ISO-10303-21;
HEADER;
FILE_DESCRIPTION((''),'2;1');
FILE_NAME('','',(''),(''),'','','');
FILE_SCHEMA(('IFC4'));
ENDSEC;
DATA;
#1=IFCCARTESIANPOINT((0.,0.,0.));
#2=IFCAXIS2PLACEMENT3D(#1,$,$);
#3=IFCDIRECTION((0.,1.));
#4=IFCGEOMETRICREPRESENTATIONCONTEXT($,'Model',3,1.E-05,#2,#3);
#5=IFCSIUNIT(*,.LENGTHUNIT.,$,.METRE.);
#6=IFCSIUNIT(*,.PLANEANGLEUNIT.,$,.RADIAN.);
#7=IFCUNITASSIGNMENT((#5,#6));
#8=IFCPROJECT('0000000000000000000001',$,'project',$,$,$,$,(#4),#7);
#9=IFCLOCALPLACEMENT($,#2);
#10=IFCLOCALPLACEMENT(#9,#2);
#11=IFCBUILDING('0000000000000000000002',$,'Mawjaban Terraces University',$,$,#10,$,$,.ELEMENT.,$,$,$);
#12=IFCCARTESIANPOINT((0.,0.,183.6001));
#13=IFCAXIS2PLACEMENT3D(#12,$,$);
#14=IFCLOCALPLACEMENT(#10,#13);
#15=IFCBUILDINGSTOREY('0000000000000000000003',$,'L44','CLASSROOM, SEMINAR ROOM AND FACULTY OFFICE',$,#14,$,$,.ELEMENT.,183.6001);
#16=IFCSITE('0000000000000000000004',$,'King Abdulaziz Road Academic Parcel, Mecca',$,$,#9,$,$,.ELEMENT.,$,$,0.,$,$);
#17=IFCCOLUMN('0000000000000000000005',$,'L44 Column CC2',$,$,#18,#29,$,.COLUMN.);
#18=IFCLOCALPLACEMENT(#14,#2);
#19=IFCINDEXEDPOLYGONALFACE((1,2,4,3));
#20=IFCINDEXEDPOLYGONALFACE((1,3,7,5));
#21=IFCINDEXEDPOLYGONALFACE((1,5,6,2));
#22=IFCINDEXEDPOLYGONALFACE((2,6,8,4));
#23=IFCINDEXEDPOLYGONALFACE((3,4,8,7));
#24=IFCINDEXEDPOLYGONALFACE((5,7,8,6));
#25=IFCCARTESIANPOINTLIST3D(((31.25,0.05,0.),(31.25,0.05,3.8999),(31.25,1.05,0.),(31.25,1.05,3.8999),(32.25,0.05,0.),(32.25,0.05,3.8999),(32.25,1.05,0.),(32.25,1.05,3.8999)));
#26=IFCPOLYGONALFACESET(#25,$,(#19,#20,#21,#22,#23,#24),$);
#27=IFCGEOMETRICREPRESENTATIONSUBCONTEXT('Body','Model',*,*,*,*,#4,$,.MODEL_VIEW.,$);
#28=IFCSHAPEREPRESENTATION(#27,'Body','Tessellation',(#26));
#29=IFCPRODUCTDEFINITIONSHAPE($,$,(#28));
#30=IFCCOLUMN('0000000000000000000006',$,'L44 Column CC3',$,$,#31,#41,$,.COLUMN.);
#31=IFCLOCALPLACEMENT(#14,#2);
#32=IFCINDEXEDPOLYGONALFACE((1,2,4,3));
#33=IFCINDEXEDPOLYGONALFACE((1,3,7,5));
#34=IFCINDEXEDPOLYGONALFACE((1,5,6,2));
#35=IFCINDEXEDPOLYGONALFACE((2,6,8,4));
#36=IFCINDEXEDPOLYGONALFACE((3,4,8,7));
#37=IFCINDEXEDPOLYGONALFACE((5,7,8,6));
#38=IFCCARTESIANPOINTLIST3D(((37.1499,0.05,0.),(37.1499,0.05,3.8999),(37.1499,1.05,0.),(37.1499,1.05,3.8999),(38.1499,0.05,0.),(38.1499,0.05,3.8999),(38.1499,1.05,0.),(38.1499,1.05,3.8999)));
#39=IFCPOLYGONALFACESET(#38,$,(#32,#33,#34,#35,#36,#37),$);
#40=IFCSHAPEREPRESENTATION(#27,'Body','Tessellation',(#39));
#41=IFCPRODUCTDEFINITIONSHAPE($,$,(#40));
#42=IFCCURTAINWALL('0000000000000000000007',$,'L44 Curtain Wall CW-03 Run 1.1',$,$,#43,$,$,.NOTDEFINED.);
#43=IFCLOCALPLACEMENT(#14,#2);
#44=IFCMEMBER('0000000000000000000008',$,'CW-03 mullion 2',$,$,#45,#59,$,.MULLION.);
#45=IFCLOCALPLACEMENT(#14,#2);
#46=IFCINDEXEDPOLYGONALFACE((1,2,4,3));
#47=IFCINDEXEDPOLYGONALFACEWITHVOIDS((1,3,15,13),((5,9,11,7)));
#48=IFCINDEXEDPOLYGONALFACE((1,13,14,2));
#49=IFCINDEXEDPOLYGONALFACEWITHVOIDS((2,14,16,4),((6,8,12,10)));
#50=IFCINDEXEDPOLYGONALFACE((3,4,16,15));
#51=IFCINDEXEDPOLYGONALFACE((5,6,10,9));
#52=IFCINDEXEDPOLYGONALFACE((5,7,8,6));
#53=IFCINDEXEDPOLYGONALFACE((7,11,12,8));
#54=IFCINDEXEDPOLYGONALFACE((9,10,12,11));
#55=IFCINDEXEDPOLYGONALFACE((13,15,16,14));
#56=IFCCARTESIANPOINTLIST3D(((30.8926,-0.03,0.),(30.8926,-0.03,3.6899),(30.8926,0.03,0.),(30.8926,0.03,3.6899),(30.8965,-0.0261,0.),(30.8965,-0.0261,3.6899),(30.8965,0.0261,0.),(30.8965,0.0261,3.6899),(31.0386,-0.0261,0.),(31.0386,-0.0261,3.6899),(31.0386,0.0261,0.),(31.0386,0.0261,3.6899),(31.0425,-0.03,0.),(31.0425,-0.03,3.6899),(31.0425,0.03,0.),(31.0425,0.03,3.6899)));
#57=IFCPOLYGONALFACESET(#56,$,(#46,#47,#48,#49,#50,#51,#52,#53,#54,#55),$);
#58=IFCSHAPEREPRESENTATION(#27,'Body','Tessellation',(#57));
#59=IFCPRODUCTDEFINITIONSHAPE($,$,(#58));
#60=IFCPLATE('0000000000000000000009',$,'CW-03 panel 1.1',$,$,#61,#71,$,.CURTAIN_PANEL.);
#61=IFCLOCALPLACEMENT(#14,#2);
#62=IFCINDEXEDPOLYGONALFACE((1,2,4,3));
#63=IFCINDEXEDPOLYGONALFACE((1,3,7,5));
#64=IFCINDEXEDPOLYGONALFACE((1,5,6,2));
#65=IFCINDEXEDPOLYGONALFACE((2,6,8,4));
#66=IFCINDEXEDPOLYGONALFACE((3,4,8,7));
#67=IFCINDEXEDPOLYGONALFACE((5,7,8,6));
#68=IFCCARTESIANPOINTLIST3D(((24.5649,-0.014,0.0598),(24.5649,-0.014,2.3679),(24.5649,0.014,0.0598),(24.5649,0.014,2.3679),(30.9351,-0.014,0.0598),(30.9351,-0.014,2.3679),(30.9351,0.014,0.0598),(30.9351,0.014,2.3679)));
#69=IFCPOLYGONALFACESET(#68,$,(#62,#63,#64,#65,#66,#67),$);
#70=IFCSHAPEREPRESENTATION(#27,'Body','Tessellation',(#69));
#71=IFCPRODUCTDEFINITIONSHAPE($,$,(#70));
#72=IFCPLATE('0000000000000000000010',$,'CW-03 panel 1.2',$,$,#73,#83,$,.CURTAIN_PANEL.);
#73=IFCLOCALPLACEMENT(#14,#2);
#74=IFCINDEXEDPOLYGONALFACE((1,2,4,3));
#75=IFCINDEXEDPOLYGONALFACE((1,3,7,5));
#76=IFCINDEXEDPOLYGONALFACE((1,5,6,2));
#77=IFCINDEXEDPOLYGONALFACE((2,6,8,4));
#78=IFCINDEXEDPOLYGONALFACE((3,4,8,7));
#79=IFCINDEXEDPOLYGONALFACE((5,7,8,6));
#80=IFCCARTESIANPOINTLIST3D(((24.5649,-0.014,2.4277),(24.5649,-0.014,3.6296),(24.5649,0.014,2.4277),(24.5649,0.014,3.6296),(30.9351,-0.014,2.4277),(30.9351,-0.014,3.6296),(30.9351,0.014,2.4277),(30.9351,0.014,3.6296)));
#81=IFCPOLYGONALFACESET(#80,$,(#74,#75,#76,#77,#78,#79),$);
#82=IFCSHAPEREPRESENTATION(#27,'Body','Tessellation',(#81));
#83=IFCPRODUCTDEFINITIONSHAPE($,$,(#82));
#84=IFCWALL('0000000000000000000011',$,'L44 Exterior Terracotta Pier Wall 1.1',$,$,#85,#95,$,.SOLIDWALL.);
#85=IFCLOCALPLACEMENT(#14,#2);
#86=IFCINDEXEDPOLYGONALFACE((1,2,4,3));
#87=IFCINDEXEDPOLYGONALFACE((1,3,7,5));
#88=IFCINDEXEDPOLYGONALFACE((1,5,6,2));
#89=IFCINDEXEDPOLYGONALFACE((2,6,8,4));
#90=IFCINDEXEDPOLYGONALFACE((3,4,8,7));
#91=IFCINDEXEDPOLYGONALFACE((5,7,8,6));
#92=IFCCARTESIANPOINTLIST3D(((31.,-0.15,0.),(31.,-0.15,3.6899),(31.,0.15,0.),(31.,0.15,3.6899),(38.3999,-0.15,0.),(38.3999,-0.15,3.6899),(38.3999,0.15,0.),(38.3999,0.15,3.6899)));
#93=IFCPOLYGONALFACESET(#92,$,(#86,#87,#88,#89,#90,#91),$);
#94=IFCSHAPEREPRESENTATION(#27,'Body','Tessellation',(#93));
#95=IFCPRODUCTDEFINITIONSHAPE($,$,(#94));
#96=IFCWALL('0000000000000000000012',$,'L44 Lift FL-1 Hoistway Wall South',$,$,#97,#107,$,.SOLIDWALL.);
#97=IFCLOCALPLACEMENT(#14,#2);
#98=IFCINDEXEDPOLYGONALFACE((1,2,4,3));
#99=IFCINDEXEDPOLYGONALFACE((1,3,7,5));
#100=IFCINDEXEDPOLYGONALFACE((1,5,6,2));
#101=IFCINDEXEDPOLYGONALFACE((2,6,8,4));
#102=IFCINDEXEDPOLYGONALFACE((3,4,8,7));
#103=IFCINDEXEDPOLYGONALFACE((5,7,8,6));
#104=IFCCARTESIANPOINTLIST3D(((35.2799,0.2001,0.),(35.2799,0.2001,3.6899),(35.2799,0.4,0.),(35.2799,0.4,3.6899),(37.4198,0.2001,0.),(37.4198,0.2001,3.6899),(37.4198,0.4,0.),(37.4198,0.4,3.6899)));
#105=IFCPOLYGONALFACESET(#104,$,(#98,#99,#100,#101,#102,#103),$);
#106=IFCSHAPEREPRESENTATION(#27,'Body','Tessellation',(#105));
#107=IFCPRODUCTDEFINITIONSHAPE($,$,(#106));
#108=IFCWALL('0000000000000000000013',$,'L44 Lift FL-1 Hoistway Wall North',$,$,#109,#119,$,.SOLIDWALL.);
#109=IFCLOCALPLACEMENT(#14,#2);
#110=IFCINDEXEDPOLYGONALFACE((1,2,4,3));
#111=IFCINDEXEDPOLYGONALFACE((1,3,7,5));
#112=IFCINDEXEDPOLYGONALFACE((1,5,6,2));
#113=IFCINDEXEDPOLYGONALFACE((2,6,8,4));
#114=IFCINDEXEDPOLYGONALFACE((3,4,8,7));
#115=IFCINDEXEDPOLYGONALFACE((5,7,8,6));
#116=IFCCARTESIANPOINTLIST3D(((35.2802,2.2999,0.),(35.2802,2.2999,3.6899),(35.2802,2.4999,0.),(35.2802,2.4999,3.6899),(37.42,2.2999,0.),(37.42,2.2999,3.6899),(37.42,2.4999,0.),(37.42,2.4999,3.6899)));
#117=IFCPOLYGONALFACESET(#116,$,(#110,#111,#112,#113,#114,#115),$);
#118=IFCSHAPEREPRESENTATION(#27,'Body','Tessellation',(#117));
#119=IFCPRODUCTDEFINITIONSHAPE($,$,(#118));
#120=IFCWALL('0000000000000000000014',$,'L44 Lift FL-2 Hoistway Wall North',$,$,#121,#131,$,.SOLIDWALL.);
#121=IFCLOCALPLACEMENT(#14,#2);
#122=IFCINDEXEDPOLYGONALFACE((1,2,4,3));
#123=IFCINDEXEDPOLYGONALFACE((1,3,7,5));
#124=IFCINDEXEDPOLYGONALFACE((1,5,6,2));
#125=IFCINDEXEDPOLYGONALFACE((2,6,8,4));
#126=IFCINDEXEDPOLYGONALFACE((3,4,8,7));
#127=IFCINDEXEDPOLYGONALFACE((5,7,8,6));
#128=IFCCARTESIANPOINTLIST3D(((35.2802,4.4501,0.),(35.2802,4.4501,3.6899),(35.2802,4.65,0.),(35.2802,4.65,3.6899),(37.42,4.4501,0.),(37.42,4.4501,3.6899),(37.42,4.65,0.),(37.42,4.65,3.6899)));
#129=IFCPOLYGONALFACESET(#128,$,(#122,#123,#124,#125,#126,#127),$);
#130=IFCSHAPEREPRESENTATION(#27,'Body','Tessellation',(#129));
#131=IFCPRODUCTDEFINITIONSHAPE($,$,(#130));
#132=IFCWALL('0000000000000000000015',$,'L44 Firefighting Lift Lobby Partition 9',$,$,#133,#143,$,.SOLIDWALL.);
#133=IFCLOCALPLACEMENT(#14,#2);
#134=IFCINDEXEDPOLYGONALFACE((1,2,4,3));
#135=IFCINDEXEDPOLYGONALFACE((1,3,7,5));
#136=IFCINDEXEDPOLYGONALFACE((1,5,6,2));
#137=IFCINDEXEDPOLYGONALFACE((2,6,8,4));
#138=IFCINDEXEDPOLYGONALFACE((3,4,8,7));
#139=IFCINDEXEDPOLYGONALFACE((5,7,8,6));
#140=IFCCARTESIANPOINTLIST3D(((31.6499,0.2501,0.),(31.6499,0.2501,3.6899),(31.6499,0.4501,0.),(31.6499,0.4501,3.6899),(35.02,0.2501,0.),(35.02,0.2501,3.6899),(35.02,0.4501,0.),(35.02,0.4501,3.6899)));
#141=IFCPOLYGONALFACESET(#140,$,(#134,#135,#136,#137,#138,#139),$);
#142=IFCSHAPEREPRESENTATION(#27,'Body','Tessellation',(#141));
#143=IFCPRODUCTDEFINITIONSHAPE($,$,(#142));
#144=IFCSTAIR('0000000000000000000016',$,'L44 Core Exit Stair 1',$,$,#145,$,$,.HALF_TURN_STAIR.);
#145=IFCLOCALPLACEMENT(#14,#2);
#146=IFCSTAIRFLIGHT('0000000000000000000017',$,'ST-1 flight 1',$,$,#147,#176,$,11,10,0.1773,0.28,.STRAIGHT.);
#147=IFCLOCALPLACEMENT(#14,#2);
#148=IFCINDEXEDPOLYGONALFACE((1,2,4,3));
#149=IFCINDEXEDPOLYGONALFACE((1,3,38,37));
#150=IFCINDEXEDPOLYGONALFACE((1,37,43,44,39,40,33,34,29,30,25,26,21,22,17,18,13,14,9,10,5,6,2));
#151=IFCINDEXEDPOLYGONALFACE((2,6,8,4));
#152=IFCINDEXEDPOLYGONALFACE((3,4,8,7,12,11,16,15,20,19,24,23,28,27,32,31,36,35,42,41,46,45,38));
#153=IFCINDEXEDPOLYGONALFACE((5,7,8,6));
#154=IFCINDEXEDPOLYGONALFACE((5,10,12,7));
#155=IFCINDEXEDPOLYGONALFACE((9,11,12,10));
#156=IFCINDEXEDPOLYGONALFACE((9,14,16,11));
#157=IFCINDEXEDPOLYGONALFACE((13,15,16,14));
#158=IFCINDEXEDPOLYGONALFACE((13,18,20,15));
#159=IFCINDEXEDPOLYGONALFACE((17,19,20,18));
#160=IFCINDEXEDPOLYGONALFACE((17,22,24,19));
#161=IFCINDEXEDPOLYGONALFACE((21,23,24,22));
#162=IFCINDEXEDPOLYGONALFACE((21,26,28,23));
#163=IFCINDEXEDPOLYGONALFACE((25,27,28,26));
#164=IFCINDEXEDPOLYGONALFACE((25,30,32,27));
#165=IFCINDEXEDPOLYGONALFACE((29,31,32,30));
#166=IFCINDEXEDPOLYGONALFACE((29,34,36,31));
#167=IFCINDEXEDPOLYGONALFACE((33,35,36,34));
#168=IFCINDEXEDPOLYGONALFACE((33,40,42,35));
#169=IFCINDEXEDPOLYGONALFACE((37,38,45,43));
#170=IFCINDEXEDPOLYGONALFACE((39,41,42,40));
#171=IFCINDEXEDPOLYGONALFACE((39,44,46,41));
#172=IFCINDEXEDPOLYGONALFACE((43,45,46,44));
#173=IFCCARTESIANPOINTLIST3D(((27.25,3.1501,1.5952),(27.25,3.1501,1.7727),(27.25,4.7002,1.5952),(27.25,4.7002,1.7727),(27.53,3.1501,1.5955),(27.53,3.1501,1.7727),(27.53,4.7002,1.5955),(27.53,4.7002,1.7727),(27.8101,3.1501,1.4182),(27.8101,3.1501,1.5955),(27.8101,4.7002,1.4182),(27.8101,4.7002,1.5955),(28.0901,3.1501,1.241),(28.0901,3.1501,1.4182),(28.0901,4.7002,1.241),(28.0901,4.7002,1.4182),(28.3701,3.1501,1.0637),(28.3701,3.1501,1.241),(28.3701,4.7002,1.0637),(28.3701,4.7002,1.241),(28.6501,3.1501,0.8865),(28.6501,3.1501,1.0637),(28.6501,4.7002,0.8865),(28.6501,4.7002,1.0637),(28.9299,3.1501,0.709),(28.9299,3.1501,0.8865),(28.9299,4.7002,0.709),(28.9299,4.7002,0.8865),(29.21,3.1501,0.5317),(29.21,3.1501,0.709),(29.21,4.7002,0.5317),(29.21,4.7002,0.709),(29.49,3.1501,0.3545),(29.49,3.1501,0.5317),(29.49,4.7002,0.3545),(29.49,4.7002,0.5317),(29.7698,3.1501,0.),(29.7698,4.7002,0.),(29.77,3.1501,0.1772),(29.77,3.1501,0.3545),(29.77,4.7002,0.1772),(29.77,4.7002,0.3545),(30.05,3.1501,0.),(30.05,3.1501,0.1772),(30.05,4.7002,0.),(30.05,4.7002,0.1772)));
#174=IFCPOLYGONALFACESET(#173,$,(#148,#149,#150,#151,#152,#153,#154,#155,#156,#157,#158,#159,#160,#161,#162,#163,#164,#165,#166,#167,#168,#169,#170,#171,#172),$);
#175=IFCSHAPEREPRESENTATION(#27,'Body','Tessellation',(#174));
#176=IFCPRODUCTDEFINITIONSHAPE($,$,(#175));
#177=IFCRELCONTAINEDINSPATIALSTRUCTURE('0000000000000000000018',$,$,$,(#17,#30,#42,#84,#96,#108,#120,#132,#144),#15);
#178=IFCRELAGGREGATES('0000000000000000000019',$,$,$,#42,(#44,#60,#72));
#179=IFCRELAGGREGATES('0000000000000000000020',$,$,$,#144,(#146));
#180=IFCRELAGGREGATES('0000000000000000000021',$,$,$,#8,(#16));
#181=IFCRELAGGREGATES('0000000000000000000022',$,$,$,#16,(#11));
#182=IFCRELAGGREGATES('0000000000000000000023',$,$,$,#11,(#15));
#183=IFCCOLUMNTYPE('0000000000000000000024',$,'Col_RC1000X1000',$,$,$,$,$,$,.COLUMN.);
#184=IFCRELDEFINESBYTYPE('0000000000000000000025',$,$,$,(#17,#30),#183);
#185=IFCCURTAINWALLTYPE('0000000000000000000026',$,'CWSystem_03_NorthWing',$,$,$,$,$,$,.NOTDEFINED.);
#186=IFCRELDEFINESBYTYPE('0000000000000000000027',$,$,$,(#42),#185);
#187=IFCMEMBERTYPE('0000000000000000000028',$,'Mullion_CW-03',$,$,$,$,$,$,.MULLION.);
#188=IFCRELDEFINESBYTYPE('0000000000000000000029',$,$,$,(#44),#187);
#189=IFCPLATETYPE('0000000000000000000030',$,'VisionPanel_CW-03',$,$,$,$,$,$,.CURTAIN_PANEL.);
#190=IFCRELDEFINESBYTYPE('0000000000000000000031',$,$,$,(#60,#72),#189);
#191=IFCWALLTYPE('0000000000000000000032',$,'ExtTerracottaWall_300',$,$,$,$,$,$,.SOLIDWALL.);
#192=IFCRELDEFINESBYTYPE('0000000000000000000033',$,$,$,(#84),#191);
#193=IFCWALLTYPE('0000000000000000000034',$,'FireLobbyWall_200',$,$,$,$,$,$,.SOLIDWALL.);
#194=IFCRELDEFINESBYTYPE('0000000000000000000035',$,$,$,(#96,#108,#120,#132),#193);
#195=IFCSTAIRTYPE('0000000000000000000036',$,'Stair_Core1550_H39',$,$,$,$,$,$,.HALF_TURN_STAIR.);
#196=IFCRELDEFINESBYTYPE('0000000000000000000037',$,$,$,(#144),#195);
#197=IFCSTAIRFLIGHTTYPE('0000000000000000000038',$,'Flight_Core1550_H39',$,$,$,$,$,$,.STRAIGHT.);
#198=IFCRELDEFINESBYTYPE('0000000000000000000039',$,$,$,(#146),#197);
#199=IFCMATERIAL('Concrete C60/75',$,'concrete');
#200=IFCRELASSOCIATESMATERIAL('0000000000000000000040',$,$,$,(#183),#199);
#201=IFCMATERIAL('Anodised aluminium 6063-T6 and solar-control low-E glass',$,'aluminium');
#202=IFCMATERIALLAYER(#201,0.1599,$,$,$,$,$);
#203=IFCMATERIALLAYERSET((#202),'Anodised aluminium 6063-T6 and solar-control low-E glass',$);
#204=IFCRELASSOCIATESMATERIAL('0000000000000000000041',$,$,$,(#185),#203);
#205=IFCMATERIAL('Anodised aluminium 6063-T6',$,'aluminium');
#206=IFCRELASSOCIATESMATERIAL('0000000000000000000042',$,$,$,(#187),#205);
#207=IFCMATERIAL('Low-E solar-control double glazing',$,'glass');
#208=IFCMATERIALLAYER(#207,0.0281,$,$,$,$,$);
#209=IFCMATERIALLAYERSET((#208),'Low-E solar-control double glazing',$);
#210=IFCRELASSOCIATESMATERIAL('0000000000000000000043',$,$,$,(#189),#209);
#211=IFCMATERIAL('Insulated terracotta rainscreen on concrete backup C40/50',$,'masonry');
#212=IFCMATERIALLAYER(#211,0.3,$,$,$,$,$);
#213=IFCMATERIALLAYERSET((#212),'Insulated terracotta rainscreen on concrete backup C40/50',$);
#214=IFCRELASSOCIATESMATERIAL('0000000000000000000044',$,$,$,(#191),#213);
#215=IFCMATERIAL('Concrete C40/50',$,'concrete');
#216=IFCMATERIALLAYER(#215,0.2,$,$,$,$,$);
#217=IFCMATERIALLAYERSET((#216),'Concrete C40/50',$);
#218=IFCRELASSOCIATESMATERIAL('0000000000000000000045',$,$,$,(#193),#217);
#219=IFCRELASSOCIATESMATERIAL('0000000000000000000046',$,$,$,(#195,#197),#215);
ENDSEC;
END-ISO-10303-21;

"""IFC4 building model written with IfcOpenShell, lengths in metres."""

from ifc_helpers import new_model, si_unit, direction, frame, frame_2d, origin, origin_2d, place, context, subcontext, project, spatial, polyline, rectangle, hollow_rectangle, outline, extrude, material, layer, layer_set, material_profile, profile_set, type_object, element, aggregate, save


model = new_model("IFC4")

# Units and contexts
model_context = context("Model", 3, precision=1e-05, world=origin(), true_north=direction((0.0, 1.0)))
body_context = subcontext(model_context, "Body", "Model", "MODEL_VIEW")
ifc_project = project(units=[si_unit("LENGTHUNIT", "METRE"), si_unit("PLANEANGLEUNIT", "RADIAN")], contexts=[model_context])

# Site, building, storey
site_placement = place(None, origin())
site = spatial("IfcSite", under=ifc_project, at=site_placement, Name="King Abdulaziz Road Academic Parcel, Mecca", CompositionType="ELEMENT", RefElevation=0.0)
building_placement = place(site_placement, origin())
building = spatial("IfcBuilding", under=site, at=building_placement, Name="Mawjaban Terraces University", CompositionType="ELEMENT")
storey_placement = place(building_placement, frame((0.0, 0.0, 183.6001)))
storey = spatial("IfcBuildingStorey", under=building, at=storey_placement, Name="L44", Description="CLASSROOM, SEMINAR ROOM AND FACULTY OFFICE", CompositionType="ELEMENT", Elevation=183.6001)

# Columns
ifc_material_1 = material(Name="Concrete C60/75", Category="concrete")
ifc_material_profile_1 = material_profile(ifc_material_1, rectangle(XDim=1.0, YDim=1.0, at=origin_2d()), Name="RC1000X1000")
ifc_profile_set_1 = profile_set([ifc_material_profile_1], Name="Concrete C60/75")
column_type = type_object("IfcColumnType", Name="Col_RC1000X1000", PredefinedType="COLUMN", material=ifc_profile_set_1)
for number, where, z_axis, x_axis, name in (
    (1, (31.75, 0.55, 0.0), (0.0, 0.0, 1.0), (1.0, 0.0, 0.0), "L44 Column CC2"),
    (2, (37.6499, 0.55, 0.0), (0.0, 0.0, 1.0), (1.0, 0.0, 0.0), "L44 Column CC3"),
):
    element("IfcColumn", number, at=place(storey_placement, frame(where, z_axis=z_axis, x_axis=x_axis)), inside=storey, type_object=column_type, Name=name, PredefinedType="COLUMN", context=body_context, shape_type="SweptSolid", body=[
        extrude(rectangle(XDim=1.0, YDim=1.0, at=origin_2d()), origin(), (0.0, 0.0, 1.0), 3.8999),
    ])

# Curtain wall, member, plates
ifc_material_2 = material(Name="Anodised aluminium 6063-T6 and solar-control low-E glass", Category="aluminium")
ifc_layer_1 = layer(ifc_material_2, 0.1599)
ifc_layer_set_1 = layer_set([ifc_layer_1], Name="Anodised aluminium 6063-T6 and solar-control low-E glass")
curtain_wall_type = type_object("IfcCurtainWallType", Name="CWSystem_03_NorthWing", PredefinedType="NOTDEFINED", material=ifc_layer_set_1)
curtain_wall_placement = place(storey_placement, origin())
curtain_wall = element("IfcCurtainWall", 3, at=curtain_wall_placement, inside=storey, type_object=curtain_wall_type, Name="L44 Curtain Wall CW-03 Run 1.1", PredefinedType="NOTDEFINED")
ifc_material_3 = material(Name="Anodised aluminium 6063-T6", Category="aluminium")
ifc_material_profile_2 = material_profile(ifc_material_3, hollow_rectangle(XDim=0.0601, YDim=0.1499, WallThickness=0.0039, at=origin_2d()), Name="ALU150X60X4")
ifc_profile_set_2 = profile_set([ifc_material_profile_2], Name="Anodised aluminium 6063-T6")
member_type = type_object("IfcMemberType", Name="Mullion_CW-03", PredefinedType="MULLION", material=ifc_profile_set_2)
member_placement = place(storey_placement, frame((30.9675, 0.0, 0.0), z_axis=(0.0, 0.0, 1.0), x_axis=(0.0, 1.0, 0.0)))
member = element("IfcMember", 4, at=member_placement, type_object=member_type, Name="CW-03 mullion 2", PredefinedType="MULLION", context=body_context, shape_type="SweptSolid", body=[
    extrude(hollow_rectangle(XDim=0.0601, YDim=0.1499, WallThickness=0.0039, at=origin_2d()), origin(), (0.0, 0.0, 1.0), 3.6899),
])
ifc_material_4 = material(Name="Low-E solar-control double glazing", Category="glass")
ifc_layer_2 = layer(ifc_material_4, 0.0281)
ifc_layer_set_2 = layer_set([ifc_layer_2], Name="Low-E solar-control double glazing")
plate_type = type_object("IfcPlateType", Name="VisionPanel_CW-03", PredefinedType="CURTAIN_PANEL", material=ifc_layer_set_2)
plate_1_placement = place(storey_placement, frame((27.75, 0.0, 0.0598), z_axis=(0.0, 0.0, 1.0), x_axis=(1.0, 0.0, 0.0)))
plate_1 = element("IfcPlate", 5, at=plate_1_placement, type_object=plate_type, Name="CW-03 panel 1.1", PredefinedType="CURTAIN_PANEL", context=body_context, shape_type="SweptSolid", body=[
    extrude(rectangle(XDim=6.3701, YDim=0.0281, at=origin_2d()), origin(), (0.0, 0.0, 1.0), 2.3081),
])
plate_2_placement = place(storey_placement, frame((27.75, 0.0, 2.4277), z_axis=(0.0, 0.0, 1.0), x_axis=(1.0, 0.0, 0.0)))
plate_2 = element("IfcPlate", 6, at=plate_2_placement, type_object=plate_type, Name="CW-03 panel 1.2", PredefinedType="CURTAIN_PANEL", context=body_context, shape_type="SweptSolid", body=[
    extrude(rectangle(XDim=6.3701, YDim=0.0281, at=origin_2d()), origin(), (0.0, 0.0, 1.0), 1.2019),
])
aggregate(curtain_wall, [member, plate_1, plate_2])

# Wall
ifc_material_5 = material(Name="Insulated terracotta rainscreen on concrete backup C40/50", Category="masonry")
ifc_layer_3 = layer(ifc_material_5, 0.3)
ifc_layer_set_3 = layer_set([ifc_layer_3], Name="Insulated terracotta rainscreen on concrete backup C40/50")
wall_type_1 = type_object("IfcWallType", Name="ExtTerracottaWall_300", PredefinedType="SOLIDWALL", material=ifc_layer_set_3)
wall_1_placement = place(storey_placement, frame((31.0, 0.0, 0.0), z_axis=(0.0, 0.0, 1.0), x_axis=(1.0, 0.0, 0.0)))
element("IfcWall", 7, at=wall_1_placement, inside=storey, type_object=wall_type_1, Name="L44 Exterior Terracotta Pier Wall 1.1", PredefinedType="SOLIDWALL", context=body_context, shape_type="SweptSolid", body=[
    extrude(rectangle(XDim=7.3999, YDim=0.3, at=frame_2d((3.7, 0.0))), origin(), (0.0, 0.0, 1.0), 3.6899),
])

# Shared definitions
ifc_material_6 = material(Name="Concrete C40/50", Category="concrete")
ifc_layer_4 = layer(ifc_material_6, 0.2)
ifc_layer_set_4 = layer_set([ifc_layer_4], Name="Concrete C40/50")
wall_type_2 = type_object("IfcWallType", Name="FireLobbyWall_200", PredefinedType="SOLIDWALL", material=ifc_layer_set_4)

# Walls
for number, where, z_axis, x_axis, name in (
    (8, (35.28, 0.3, 0.0), (0.0, 0.0, 1.0), (1.0, 0.0, 0.0), "L44 Lift FL-1 Hoistway Wall South"),
    (9, (37.4199, 2.3999, 0.0), (0.0, 0.0, 1.0), (-1.0, 0.0, 0.0), "L44 Lift FL-1 Hoistway Wall North"),
):
    element("IfcWall", number, at=place(storey_placement, frame(where, z_axis=z_axis, x_axis=x_axis)), inside=storey, type_object=wall_type_2, Name=name, PredefinedType="SOLIDWALL", context=body_context, shape_type="SweptSolid", body=[
        extrude(rectangle(XDim=2.1399, YDim=0.2, at=frame_2d((1.0698, 0.0))), origin(), (0.0, 0.0, 1.0), 3.6899),
    ])

# Walls
wall_2_placement = place(storey_placement, frame((37.4199, 4.55, 0.0), z_axis=(0.0, 0.0, 1.0), x_axis=(-1.0, 0.0, 0.0)))
element("IfcWall", 10, at=wall_2_placement, inside=storey, type_object=wall_type_2, Name="L44 Lift FL-2 Hoistway Wall North", PredefinedType="SOLIDWALL", context=body_context, shape_type="SweptSolid", body=[
    extrude(rectangle(XDim=2.1399, YDim=0.2, at=frame_2d((1.0698, 0.0))), origin(), (0.0, 0.0, 1.0), 3.6899),
])
wall_3_placement = place(storey_placement, frame((31.6499, 0.3501, 0.0), z_axis=(0.0, 0.0, 1.0), x_axis=(1.0, 0.0, 0.0)))
element("IfcWall", 11, at=wall_3_placement, inside=storey, type_object=wall_type_2, Name="L44 Firefighting Lift Lobby Partition 9", PredefinedType="SOLIDWALL", context=body_context, shape_type="SweptSolid", body=[
    extrude(rectangle(XDim=3.3701, YDim=0.2, at=frame_2d((1.6851, 0.0))), origin(), (0.0, 0.0, 1.0), 3.6899),
])

# Stair, stair flight
stair_type = type_object("IfcStairType", Name="Stair_Core1550_H39", PredefinedType="HALF_TURN_STAIR", material=ifc_material_6)
stair_placement = place(storey_placement, origin())
stair = element("IfcStair", 12, at=stair_placement, inside=storey, type_object=stair_type, Name="L44 Core Exit Stair 1", PredefinedType="HALF_TURN_STAIR")
stair_flight_type = type_object("IfcStairFlightType", Name="Flight_Core1550_H39", PredefinedType="STRAIGHT", material=ifc_material_6)
stair_flight_1_placement = place(storey_placement, frame((30.05, 3.925, 0.0), z_axis=(0.0, 0.0, 1.0), x_axis=(-1.0, 0.0, 0.0)))
stair_flight_1 = element("IfcStairFlight", 13, at=stair_flight_1_placement, type_object=stair_flight_type, Name="ST-1 flight 1", NumberOfRisers=11, NumberOfTreads=10, PredefinedType="STRAIGHT", RiserHeight=0.1773, TreadLength=0.28, context=body_context, shape_type="SweptSolid", body=[
    extrude(outline(polyline([(0.0, 0.0), (0.0, 0.1772), (0.28, 0.1772), (0.28, 0.3545), (0.5601, 0.3545), (0.5601, 0.5317), (0.8401, 0.5317), (0.8401, 0.709), (1.1201, 0.709), (1.1201, 0.8865), (1.3999, 0.8865), (1.3999, 1.0637), (1.6799, 1.0637), (1.6799, 1.241), (1.96, 1.241), (1.96, 1.4182), (2.24, 1.4182), (2.24, 1.5955), (2.52, 1.5955), (2.52, 1.7727), (2.8, 1.7727), (2.8, 1.95), (2.8, 1.5952), (0.2803, 0.0), (0.0, 0.0)])), frame((0.0, 0.7749, 0.0), z_axis=(0.0, -1.0, 0.0), x_axis=(1.0, 0.0, 0.0)), (0.0, 0.0, 1.0), 1.55),
])
aggregate(stair, [stair_flight_1])

save(model, "model.ifc")
